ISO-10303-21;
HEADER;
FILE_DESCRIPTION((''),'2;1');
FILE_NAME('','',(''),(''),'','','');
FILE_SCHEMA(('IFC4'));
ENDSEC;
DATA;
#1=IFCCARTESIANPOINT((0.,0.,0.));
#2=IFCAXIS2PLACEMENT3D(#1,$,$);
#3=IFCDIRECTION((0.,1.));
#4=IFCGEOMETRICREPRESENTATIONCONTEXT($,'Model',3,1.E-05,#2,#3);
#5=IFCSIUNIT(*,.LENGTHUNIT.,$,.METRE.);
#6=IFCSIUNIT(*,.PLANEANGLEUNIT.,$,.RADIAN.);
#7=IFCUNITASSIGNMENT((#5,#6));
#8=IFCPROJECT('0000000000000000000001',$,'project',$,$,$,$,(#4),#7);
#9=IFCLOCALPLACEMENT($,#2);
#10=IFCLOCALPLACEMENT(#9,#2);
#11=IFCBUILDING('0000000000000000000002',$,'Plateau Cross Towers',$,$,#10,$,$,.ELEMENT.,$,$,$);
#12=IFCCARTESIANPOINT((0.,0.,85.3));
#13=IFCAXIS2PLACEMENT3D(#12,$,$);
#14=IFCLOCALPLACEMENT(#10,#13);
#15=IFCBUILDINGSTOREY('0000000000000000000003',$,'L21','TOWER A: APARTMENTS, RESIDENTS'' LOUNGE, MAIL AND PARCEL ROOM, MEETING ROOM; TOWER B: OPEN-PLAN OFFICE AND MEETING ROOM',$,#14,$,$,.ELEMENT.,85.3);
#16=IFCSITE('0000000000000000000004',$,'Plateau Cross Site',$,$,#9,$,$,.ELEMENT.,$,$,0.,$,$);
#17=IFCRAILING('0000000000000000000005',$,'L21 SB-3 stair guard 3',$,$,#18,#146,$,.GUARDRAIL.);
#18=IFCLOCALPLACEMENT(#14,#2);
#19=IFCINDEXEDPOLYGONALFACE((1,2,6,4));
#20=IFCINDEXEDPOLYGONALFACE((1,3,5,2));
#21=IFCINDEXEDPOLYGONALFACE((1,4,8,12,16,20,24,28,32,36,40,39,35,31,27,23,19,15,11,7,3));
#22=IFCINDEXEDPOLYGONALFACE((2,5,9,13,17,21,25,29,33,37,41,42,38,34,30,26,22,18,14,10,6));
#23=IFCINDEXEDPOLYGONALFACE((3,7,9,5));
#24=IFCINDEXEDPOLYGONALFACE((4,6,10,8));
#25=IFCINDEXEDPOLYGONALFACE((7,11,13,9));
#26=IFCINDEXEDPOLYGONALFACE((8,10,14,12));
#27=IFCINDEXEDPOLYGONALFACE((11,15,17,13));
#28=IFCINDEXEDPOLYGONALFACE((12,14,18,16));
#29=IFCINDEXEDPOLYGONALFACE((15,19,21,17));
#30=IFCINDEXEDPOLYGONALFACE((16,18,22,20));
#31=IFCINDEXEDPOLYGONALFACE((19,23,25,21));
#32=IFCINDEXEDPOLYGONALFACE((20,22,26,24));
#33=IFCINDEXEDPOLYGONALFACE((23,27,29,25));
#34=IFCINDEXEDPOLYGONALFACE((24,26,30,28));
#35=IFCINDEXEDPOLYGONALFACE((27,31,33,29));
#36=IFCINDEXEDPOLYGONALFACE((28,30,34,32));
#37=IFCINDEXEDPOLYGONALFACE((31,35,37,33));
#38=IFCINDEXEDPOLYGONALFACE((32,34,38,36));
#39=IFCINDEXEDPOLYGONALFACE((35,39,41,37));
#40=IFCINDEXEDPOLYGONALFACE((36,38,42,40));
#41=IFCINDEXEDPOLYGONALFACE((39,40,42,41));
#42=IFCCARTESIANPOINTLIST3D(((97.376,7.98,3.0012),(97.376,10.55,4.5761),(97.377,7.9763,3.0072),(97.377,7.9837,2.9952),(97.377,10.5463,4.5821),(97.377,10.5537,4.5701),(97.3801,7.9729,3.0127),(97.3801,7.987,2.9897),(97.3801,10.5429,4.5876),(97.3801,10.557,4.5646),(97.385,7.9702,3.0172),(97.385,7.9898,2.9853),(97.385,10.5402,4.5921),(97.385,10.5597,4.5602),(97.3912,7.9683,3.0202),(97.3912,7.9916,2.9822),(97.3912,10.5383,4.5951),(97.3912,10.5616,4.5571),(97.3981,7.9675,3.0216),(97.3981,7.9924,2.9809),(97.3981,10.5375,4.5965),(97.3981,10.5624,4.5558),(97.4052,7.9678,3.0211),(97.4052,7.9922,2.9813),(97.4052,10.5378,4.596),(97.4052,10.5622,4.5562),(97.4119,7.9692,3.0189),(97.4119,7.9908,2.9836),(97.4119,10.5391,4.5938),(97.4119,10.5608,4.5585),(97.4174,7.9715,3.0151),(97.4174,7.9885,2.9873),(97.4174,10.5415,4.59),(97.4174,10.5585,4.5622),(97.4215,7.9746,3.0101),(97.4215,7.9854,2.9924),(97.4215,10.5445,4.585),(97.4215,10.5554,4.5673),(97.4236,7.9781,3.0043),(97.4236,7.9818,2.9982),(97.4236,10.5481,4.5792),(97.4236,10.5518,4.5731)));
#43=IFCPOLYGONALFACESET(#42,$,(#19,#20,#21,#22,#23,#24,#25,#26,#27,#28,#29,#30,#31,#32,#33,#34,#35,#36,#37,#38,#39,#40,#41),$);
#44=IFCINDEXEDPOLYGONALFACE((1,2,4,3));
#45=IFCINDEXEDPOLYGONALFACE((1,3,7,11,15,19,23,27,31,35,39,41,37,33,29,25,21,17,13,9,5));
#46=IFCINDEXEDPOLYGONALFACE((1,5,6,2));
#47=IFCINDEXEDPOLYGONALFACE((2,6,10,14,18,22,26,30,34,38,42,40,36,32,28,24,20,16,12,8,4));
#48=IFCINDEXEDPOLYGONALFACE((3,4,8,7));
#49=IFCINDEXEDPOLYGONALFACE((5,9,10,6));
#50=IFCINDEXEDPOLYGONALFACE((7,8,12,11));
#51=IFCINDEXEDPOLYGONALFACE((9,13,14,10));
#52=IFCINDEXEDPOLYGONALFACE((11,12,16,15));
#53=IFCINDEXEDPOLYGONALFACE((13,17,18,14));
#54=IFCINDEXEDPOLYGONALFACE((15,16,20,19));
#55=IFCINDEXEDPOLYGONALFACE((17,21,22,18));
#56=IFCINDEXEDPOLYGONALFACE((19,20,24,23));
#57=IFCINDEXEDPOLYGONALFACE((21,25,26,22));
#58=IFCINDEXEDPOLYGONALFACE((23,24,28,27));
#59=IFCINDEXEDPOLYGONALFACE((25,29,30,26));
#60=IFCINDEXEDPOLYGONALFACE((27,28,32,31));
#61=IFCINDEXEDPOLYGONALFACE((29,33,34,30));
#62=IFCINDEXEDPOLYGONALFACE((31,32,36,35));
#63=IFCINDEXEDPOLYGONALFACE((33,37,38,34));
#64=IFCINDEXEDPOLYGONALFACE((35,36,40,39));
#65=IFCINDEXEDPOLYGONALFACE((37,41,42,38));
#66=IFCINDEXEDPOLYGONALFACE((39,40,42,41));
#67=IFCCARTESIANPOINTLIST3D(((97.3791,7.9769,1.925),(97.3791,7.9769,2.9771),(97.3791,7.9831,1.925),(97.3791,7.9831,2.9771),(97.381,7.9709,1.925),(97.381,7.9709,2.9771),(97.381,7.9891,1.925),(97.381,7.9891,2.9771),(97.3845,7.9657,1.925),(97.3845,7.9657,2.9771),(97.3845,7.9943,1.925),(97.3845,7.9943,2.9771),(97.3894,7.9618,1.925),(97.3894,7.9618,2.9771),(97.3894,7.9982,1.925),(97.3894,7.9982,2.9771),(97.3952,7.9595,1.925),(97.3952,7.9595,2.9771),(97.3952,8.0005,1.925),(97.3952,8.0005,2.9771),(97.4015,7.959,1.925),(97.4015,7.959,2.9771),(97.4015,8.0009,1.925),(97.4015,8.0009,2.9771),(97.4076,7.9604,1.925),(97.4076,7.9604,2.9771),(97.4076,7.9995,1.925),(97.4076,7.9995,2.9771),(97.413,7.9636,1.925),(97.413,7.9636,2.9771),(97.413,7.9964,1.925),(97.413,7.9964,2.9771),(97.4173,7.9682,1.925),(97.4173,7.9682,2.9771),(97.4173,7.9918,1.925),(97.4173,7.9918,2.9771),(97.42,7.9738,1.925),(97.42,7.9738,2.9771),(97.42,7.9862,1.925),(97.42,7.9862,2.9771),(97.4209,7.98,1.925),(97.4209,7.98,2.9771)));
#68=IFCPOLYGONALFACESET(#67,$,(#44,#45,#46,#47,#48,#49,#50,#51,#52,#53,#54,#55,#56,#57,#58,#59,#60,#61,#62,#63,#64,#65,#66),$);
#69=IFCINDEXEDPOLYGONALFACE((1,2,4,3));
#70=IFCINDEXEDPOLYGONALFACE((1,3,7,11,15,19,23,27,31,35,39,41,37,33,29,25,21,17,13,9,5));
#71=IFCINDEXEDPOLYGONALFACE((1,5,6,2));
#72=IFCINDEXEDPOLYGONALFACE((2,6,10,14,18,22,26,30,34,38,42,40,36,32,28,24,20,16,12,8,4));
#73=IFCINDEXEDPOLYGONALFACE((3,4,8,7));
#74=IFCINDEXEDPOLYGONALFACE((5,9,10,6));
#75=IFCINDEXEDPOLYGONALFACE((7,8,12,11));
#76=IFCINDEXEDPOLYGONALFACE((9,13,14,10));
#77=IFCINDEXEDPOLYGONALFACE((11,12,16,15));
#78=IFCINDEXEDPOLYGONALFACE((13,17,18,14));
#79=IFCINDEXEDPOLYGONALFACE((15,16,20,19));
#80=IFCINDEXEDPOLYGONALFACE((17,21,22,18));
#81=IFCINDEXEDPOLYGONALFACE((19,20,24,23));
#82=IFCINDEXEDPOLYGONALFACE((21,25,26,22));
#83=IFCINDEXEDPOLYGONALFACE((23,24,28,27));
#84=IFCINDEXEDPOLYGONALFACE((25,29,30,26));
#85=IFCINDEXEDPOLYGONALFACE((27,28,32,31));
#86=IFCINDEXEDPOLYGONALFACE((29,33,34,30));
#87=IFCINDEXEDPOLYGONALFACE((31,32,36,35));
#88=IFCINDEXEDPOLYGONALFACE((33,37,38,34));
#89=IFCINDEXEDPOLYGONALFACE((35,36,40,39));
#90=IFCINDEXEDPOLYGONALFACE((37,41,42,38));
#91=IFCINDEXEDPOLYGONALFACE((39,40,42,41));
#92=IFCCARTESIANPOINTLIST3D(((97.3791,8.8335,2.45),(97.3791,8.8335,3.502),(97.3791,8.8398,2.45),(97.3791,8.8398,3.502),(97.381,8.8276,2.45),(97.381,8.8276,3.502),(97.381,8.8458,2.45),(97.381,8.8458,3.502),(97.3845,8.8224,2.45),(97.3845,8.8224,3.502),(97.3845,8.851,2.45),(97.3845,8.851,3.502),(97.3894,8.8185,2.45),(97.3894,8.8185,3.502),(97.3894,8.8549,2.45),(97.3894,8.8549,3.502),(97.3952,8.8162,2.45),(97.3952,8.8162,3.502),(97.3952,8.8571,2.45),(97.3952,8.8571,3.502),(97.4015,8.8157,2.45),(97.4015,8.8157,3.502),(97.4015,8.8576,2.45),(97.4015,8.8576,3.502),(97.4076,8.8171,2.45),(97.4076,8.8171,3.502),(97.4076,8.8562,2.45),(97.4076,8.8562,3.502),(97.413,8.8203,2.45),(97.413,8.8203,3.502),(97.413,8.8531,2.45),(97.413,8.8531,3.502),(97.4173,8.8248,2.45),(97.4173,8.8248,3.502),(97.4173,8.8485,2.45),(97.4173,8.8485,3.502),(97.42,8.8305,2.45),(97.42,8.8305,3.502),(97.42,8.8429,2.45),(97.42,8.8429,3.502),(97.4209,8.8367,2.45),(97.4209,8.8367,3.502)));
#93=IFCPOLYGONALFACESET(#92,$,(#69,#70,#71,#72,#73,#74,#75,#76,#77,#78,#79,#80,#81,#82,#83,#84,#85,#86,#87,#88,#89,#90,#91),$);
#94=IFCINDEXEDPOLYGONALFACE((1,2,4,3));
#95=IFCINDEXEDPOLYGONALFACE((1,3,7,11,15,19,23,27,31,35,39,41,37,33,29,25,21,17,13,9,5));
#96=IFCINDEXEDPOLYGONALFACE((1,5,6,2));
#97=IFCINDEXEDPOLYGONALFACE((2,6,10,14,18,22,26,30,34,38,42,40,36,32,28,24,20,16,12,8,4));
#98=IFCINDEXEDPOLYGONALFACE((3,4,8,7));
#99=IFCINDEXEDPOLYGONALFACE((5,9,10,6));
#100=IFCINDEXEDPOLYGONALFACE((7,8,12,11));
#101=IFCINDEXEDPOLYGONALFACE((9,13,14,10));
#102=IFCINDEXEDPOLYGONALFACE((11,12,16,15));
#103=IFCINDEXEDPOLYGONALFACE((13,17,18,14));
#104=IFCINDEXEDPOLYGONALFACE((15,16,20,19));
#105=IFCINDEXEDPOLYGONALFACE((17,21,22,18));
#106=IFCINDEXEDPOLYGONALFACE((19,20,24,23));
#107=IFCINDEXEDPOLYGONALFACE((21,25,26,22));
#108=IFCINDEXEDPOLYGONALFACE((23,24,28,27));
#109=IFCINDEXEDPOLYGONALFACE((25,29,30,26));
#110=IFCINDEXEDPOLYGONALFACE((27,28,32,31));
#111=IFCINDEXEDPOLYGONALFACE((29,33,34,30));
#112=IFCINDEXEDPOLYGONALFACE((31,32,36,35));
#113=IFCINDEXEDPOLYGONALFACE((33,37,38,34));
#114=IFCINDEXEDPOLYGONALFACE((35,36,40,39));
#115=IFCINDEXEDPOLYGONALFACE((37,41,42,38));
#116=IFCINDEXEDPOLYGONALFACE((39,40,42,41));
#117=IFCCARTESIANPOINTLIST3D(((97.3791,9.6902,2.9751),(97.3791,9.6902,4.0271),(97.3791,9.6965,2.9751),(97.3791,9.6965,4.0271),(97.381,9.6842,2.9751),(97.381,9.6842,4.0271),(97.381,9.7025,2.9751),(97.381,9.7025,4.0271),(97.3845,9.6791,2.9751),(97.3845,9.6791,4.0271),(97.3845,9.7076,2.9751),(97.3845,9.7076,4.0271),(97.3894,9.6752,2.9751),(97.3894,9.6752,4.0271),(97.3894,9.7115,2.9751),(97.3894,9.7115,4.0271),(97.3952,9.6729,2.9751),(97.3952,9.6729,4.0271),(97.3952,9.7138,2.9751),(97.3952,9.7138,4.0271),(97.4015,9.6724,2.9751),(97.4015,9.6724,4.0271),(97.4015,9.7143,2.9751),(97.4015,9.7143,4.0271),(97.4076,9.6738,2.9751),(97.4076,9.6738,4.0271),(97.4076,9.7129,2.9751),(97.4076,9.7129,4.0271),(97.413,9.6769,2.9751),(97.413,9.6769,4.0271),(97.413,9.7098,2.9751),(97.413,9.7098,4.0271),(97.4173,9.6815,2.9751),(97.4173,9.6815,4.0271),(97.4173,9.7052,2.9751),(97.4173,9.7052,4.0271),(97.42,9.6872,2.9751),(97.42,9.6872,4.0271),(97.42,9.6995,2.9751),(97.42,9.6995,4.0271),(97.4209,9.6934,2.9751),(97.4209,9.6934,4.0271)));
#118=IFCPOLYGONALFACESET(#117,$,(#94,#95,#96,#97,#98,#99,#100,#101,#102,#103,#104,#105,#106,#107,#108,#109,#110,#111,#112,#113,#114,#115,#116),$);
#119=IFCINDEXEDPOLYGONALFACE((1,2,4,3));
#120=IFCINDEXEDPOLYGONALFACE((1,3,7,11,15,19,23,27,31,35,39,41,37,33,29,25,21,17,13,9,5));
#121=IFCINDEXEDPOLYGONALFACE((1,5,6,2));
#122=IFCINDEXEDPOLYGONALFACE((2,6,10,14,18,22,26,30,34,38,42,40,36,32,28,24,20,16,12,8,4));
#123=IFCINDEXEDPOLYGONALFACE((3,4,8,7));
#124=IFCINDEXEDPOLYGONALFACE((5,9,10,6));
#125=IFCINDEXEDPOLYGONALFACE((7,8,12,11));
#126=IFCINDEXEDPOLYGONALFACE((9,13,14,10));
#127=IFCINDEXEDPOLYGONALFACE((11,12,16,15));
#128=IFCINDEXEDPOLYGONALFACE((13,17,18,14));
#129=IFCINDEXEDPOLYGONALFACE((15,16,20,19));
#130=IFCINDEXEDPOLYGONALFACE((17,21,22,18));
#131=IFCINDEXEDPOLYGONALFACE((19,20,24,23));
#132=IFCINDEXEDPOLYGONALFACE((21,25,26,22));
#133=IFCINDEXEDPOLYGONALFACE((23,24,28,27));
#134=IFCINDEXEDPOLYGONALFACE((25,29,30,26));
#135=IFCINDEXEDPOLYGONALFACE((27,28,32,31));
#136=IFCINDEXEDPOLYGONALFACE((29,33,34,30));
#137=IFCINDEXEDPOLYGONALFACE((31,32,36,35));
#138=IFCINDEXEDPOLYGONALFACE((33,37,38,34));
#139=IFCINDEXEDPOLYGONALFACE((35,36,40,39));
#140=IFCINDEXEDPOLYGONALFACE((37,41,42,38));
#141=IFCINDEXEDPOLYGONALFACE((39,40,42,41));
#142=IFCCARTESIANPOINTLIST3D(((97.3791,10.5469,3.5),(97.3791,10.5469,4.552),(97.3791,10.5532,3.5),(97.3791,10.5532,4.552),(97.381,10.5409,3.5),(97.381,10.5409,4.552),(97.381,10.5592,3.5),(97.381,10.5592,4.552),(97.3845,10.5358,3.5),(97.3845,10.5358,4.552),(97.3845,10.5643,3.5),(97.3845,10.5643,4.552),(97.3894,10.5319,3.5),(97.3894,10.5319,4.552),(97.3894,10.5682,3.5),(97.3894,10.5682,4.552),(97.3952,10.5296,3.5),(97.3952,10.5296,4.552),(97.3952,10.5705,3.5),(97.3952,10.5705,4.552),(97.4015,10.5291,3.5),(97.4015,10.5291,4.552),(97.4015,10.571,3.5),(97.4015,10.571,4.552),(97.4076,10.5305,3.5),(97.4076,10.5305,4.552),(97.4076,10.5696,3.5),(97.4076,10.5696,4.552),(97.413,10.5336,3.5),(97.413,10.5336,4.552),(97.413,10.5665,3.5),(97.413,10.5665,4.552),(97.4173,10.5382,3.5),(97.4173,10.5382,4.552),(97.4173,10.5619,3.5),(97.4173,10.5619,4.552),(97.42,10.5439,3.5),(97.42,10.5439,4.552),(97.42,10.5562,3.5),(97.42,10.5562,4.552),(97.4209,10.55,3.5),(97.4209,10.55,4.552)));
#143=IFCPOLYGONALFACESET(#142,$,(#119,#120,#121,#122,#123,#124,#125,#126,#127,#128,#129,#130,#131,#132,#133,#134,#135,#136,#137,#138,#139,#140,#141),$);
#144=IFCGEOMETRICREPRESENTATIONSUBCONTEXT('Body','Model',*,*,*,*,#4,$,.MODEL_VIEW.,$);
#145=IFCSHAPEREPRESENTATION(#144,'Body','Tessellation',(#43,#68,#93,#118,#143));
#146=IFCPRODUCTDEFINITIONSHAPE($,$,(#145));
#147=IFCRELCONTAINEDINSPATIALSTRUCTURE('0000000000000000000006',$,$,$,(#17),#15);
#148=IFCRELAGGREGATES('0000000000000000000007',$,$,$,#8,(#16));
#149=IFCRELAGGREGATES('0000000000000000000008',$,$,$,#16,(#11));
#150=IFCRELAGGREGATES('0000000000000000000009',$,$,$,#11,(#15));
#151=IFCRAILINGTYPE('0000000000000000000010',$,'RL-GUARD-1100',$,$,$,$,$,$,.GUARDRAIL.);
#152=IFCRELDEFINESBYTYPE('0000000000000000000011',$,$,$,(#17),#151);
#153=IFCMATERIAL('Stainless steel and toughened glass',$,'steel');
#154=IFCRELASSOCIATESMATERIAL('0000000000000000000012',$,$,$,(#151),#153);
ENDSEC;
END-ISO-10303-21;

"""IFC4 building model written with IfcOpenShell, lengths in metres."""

from ifc_helpers import new_model, si_unit, direction, frame, origin, origin_2d, place, context, subcontext, project, spatial, circle, extrude, material, type_object, element, save


model = new_model("IFC4")

# Units and contexts
model_context = context("Model", 3, precision=1e-05, world=origin(), true_north=direction((0.0, 1.0)))
body_context = subcontext(model_context, "Body", "Model", "MODEL_VIEW")
ifc_project = project(units=[si_unit("LENGTHUNIT", "METRE"), si_unit("PLANEANGLEUNIT", "RADIAN")], contexts=[model_context])

# Site, building, storey
site_placement = place(None, origin())
site = spatial("IfcSite", under=ifc_project, at=site_placement, Name="Plateau Cross Site", CompositionType="ELEMENT", RefElevation=0.0)
building_placement = place(site_placement, origin())
building = spatial("IfcBuilding", under=site, at=building_placement, Name="Plateau Cross Towers", CompositionType="ELEMENT")
storey_placement = place(building_placement, frame((0.0, 0.0, 85.3)))
storey = spatial("IfcBuildingStorey", under=building, at=storey_placement, Name="L21", Description="TOWER A: APARTMENTS, RESIDENTS' LOUNGE, MAIL AND PARCEL ROOM, MEETING ROOM; TOWER B: OPEN-PLAN OFFICE AND MEETING ROOM", CompositionType="ELEMENT", Elevation=85.3)

# Railing
ifc_material_1 = material(Name="Stainless steel and toughened glass", Category="steel")
railing_type_1 = type_object("IfcRailingType", Name="RL-GUARD-1100", PredefinedType="GUARDRAIL", material=ifc_material_1)
railing_1_placement = place(storey_placement, frame((97.3999, 7.98, 1.925)))
element("IfcRailing", 1, at=railing_1_placement, inside=storey, type_object=railing_type_1, Name="L21 SB-3 stair guard 3", PredefinedType="GUARDRAIL", context=body_context, shape_type="SweptSolid", body=[
    extrude(circle(Radius=0.0239, at=origin_2d()), frame((0.0, 0.0, 1.0762), z_axis=(0.0, 0.852639, 0.522501), x_axis=(-1.0, 0.0, 0.0)), (0.0, 0.0, 1.0), 3.0142),
    extrude(circle(Radius=0.021, at=origin_2d()), origin(), (0.0, 0.0, 1.0), 1.052),
    extrude(circle(Radius=0.021, at=origin_2d()), frame((0.0, 0.8567, 0.5249)), (0.0, 0.0, 1.0), 1.052),
    extrude(circle(Radius=0.021, at=origin_2d()), frame((0.0, 1.7134, 1.05)), (0.0, 0.0, 1.0), 1.052),
    extrude(circle(Radius=0.021, at=origin_2d()), frame((0.0, 2.5701, 1.575)), (0.0, 0.0, 1.0), 1.052),
])

save(model, "model.ifc")
